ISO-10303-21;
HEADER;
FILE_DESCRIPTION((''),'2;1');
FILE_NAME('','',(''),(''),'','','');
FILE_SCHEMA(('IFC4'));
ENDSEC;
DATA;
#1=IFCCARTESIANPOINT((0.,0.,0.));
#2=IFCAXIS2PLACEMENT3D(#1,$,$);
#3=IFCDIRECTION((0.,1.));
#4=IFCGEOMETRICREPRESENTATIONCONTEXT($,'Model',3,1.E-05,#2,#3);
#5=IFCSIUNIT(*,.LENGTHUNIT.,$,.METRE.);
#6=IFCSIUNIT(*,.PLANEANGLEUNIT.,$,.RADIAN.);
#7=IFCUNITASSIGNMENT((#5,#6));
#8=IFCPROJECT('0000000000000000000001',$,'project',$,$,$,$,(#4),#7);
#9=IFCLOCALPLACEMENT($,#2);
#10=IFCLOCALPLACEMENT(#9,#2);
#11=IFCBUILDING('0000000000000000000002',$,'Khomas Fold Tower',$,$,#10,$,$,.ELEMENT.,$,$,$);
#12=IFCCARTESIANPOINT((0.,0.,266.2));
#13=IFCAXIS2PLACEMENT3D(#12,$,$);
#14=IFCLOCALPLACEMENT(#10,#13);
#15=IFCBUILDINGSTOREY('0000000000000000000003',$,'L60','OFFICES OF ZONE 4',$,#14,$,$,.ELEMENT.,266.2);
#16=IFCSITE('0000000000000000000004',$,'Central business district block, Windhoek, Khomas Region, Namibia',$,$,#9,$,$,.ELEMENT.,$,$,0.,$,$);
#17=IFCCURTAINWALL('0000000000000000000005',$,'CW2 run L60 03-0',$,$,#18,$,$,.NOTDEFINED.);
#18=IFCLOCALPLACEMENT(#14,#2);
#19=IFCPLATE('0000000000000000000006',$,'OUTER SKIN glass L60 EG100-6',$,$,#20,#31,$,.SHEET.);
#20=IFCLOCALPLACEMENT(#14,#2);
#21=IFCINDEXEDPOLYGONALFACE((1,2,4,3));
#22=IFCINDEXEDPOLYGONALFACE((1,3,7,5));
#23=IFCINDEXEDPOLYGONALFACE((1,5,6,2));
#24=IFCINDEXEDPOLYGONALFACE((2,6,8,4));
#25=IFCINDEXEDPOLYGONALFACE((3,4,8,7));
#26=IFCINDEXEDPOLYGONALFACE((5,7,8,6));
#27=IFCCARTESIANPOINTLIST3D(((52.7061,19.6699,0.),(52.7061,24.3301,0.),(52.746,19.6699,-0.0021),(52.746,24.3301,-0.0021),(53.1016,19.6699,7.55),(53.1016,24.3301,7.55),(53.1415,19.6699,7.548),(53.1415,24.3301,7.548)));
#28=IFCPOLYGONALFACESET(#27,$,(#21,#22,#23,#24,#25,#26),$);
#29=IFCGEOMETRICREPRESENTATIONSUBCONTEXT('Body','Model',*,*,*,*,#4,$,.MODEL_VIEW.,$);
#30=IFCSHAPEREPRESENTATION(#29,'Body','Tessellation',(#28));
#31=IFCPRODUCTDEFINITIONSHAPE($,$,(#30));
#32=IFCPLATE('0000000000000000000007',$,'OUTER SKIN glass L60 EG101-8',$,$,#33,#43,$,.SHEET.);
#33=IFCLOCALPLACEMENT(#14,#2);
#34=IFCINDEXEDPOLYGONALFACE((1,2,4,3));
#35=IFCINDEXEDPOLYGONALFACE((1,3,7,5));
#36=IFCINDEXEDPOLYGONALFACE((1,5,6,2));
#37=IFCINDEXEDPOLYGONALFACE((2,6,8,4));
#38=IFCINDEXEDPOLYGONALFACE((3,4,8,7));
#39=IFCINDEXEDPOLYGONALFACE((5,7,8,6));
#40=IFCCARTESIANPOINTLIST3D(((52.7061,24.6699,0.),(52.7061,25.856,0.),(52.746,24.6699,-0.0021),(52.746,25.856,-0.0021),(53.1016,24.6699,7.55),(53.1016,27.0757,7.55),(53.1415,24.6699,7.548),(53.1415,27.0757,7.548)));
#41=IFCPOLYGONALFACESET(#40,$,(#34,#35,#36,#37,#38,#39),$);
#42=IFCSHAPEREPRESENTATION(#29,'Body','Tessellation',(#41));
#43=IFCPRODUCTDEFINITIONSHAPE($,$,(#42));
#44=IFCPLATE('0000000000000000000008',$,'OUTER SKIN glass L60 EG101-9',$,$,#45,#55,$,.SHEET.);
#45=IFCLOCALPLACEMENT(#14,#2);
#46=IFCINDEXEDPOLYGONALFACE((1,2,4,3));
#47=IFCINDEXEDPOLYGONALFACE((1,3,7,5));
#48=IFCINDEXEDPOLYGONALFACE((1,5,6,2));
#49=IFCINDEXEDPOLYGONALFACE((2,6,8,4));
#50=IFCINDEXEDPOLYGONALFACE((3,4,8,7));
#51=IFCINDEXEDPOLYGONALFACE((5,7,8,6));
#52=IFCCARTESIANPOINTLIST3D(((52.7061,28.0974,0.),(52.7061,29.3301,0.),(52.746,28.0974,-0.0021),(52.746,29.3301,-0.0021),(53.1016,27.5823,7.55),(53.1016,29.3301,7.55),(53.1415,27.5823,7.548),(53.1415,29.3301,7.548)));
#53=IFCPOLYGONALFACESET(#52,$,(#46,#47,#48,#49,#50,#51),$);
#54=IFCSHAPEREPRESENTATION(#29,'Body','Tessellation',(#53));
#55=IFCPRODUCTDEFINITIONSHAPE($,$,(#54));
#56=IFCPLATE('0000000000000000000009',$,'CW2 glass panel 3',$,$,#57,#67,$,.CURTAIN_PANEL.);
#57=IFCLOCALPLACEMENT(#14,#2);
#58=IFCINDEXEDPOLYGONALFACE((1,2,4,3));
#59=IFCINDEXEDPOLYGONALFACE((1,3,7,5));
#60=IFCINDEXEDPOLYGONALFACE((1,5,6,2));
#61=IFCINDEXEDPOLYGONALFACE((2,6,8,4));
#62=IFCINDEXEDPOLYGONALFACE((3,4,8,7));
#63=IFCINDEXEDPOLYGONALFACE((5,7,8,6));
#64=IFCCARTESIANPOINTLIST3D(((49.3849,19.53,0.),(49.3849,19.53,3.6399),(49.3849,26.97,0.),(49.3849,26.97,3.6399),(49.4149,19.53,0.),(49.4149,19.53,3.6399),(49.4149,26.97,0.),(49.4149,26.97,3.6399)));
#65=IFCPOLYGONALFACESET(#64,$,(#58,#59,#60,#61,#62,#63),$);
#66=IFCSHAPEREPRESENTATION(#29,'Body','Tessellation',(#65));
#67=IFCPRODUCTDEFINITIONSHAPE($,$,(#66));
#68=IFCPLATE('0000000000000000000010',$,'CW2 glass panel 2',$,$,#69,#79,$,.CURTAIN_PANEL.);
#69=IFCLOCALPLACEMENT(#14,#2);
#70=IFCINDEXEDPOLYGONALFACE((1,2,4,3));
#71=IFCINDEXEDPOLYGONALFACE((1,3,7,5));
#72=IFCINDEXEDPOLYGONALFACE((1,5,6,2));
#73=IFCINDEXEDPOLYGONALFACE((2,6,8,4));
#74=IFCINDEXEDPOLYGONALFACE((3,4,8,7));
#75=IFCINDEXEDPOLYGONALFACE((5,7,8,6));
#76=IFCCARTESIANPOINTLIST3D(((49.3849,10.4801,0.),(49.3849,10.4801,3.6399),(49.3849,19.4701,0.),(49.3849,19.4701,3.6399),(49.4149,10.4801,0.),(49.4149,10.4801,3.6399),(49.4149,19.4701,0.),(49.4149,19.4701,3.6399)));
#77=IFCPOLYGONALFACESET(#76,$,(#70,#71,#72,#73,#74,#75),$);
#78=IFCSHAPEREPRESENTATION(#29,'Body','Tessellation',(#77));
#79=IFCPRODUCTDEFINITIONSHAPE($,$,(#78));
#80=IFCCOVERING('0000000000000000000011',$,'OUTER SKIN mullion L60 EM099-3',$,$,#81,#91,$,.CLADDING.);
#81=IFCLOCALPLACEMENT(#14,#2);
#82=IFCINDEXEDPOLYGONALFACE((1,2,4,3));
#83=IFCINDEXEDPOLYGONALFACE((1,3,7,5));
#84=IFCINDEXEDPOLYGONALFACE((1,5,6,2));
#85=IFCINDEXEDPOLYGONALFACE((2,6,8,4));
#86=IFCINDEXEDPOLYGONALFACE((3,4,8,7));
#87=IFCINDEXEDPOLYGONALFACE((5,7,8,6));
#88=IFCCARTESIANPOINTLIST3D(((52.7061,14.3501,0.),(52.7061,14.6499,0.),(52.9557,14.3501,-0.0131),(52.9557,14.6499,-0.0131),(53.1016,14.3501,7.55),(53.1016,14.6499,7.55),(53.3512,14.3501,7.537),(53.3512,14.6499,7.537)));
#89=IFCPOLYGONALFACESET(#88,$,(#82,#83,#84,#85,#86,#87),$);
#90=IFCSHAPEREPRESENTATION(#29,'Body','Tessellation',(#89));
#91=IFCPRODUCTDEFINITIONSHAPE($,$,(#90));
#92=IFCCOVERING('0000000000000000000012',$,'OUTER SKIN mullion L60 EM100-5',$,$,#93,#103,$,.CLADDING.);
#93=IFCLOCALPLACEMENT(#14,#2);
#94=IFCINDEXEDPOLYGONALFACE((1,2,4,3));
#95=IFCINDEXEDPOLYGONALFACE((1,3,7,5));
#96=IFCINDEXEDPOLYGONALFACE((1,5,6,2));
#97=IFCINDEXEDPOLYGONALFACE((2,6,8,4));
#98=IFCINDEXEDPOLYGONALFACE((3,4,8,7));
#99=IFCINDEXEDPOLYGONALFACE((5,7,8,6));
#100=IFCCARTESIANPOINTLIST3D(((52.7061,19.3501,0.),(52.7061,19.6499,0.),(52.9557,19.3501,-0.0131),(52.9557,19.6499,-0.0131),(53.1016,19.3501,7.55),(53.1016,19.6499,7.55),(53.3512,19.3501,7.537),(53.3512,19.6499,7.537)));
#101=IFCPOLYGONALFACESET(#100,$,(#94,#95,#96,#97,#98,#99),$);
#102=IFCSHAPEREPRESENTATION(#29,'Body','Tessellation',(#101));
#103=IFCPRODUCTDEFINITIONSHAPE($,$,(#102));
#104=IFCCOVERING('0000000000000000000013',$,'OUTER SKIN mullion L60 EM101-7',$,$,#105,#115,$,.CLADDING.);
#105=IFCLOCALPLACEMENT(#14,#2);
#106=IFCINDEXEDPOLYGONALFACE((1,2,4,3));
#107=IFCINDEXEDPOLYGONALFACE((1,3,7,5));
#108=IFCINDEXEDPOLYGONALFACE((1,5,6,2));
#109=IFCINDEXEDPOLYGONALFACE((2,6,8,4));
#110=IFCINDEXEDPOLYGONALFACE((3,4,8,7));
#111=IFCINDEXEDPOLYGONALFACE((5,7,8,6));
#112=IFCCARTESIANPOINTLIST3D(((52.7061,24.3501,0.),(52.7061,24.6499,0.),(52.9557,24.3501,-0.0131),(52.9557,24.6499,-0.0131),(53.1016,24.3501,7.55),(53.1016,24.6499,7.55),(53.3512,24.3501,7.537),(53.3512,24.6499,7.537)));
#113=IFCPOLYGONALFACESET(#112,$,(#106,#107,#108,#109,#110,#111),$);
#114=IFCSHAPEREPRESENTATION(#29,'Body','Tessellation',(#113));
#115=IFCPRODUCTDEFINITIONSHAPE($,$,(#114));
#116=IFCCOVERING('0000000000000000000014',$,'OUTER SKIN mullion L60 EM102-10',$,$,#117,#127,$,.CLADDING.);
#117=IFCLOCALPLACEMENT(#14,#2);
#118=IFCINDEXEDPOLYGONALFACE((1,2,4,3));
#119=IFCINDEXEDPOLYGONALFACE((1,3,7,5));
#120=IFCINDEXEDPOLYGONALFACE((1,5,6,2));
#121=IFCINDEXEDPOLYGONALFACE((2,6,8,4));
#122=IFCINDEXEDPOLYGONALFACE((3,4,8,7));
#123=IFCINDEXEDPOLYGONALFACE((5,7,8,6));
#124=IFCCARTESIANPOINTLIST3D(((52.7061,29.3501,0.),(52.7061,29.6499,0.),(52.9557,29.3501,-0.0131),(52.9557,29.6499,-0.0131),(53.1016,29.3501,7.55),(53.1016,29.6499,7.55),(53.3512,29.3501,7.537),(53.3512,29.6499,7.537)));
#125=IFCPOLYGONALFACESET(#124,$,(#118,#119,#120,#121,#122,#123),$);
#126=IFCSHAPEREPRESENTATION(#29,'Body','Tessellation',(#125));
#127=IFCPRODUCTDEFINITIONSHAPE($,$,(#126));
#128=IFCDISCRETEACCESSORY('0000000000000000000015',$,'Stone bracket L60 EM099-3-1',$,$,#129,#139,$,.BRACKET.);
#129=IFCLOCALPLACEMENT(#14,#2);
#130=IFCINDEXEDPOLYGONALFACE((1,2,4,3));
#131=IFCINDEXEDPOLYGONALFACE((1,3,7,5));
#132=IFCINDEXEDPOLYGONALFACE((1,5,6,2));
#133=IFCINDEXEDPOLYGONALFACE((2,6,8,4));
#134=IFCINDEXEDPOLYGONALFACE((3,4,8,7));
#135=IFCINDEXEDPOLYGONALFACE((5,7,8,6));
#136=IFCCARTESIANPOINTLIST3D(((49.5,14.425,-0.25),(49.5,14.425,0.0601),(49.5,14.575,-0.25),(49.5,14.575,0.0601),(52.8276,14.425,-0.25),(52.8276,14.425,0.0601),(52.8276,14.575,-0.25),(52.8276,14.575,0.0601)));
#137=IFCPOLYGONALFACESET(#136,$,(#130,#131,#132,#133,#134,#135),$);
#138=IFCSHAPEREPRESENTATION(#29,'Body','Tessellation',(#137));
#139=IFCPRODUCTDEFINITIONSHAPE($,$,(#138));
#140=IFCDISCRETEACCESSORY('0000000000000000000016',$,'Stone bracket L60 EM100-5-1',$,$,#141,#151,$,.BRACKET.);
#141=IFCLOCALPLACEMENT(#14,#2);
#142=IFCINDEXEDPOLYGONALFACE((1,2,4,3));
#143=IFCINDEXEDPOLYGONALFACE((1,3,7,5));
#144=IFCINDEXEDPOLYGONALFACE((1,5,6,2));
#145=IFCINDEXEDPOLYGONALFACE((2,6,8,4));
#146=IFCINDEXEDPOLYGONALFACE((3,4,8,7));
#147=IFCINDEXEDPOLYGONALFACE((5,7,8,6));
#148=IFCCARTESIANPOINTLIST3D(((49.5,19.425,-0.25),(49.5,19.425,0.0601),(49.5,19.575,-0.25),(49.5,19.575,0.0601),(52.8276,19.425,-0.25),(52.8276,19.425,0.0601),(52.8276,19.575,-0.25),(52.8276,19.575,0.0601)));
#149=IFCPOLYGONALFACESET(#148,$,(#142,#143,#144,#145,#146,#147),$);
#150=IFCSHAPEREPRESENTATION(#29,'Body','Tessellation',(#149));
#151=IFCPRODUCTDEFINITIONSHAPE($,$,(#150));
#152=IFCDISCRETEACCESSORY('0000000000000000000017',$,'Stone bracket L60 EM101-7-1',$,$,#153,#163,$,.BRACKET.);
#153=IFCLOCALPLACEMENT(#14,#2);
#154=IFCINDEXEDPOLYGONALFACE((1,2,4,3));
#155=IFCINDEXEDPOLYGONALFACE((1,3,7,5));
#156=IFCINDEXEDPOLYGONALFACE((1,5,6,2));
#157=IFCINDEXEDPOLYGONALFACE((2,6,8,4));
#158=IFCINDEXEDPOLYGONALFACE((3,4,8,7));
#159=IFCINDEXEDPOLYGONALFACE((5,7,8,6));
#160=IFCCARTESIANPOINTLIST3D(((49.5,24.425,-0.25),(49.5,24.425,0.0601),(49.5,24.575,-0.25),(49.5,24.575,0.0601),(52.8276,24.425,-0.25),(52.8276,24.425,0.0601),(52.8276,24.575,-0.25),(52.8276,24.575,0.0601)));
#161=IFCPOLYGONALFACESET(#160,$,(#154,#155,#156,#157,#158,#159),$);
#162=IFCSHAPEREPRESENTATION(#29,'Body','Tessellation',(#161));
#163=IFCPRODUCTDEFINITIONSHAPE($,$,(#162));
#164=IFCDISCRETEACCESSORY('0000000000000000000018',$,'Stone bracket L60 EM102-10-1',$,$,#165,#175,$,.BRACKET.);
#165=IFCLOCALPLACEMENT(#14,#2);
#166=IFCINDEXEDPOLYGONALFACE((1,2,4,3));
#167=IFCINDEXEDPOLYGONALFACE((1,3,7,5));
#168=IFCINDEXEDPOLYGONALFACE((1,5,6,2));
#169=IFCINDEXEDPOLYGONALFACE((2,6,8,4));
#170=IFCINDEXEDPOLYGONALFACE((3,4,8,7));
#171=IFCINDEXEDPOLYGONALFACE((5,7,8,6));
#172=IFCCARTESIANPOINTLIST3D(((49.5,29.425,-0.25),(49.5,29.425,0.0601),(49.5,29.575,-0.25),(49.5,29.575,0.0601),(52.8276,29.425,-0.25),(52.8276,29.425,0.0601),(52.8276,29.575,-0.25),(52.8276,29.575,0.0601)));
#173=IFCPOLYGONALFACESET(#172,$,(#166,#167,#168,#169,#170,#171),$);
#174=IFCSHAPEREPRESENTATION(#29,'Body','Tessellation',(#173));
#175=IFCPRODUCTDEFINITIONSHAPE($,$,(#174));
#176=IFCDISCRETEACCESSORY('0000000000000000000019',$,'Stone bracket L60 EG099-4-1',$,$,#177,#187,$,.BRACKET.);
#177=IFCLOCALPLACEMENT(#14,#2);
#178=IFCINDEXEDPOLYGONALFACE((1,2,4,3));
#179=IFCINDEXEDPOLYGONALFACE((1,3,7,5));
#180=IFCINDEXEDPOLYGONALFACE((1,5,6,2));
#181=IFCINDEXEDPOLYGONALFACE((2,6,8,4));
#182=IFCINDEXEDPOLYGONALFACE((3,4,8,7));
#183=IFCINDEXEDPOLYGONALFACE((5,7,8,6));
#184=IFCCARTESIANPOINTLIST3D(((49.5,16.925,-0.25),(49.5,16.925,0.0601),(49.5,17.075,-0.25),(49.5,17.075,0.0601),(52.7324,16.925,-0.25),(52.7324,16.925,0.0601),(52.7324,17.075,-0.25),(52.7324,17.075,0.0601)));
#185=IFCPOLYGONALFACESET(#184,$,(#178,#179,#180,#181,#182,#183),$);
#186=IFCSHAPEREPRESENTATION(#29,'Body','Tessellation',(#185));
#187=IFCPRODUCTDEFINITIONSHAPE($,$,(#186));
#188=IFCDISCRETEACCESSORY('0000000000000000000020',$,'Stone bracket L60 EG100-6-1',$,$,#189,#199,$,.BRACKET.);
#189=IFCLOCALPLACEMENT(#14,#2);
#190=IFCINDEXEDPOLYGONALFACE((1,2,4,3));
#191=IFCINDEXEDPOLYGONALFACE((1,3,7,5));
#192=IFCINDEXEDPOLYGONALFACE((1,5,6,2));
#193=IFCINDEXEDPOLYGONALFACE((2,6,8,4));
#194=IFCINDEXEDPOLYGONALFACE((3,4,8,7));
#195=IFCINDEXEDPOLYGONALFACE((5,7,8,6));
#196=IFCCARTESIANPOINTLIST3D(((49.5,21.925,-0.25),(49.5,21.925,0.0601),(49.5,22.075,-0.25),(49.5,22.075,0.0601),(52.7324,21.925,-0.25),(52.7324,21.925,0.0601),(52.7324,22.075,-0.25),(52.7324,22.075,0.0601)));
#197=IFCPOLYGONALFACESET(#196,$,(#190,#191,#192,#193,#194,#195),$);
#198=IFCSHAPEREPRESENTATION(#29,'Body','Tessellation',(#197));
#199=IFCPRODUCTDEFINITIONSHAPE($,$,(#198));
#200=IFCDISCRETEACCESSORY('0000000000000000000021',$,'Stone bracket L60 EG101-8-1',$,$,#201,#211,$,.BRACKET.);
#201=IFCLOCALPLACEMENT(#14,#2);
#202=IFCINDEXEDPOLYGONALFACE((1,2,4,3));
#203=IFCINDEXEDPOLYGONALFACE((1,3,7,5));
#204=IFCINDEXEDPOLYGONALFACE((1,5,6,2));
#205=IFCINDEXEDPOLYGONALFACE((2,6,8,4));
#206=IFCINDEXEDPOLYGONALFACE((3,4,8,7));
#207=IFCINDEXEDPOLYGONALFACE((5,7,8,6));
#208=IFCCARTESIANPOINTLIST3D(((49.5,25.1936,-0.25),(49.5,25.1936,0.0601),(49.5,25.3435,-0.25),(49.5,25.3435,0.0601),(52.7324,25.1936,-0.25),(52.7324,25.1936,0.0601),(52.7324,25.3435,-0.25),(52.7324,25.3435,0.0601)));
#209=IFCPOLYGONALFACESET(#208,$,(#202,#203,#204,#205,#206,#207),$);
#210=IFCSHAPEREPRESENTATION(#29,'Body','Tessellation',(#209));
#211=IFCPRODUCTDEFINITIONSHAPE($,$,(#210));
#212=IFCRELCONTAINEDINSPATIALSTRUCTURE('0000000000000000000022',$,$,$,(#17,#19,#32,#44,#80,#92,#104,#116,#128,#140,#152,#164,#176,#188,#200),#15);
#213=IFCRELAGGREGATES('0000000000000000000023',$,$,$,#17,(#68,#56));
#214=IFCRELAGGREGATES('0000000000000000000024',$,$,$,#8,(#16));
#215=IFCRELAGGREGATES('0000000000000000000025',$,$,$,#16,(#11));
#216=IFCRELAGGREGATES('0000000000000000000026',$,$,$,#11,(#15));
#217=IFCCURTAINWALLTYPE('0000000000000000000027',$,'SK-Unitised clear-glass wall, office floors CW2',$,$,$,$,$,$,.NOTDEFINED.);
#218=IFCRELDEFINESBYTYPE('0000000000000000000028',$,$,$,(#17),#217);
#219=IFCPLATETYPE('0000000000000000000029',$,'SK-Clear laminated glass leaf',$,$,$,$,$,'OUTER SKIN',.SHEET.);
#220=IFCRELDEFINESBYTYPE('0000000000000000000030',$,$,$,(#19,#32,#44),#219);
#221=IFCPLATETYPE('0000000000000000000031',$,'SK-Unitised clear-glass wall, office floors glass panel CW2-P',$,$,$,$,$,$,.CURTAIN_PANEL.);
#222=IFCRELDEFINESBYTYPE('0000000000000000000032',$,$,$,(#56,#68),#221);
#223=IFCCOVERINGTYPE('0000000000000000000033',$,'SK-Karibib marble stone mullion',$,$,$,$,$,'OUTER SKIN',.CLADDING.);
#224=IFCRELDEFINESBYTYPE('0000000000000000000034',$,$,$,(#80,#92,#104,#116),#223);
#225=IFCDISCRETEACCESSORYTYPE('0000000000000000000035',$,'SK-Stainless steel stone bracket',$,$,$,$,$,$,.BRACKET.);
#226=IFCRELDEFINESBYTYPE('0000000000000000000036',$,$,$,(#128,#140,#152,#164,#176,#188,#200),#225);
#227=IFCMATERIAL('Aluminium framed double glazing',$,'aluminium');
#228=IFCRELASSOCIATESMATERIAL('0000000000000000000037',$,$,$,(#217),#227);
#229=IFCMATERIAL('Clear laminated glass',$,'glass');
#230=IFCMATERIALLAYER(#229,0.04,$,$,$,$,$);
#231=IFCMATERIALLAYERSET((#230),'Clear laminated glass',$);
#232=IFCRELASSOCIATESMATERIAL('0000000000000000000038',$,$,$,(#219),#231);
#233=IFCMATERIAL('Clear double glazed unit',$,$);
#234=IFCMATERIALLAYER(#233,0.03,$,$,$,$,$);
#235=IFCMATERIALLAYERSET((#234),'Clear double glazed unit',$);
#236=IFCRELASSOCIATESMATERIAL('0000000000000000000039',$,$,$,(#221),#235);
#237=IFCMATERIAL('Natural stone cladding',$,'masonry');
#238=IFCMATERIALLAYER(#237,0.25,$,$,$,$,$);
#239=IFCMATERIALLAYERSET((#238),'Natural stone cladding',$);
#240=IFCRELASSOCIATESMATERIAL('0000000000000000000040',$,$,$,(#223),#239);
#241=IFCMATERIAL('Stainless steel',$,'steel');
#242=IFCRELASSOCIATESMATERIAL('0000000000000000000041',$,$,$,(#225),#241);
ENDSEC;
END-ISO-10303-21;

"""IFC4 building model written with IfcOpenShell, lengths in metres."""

from ifc_helpers import new_model, si_unit, direction, frame, origin, origin_2d, place, context, subcontext, project, spatial, polyline, rectangle, outline, extrude, source, transform, mapped, material, layer, layer_set, type_object, element, aggregate, save


model = new_model("IFC4")

# Units and contexts
model_context = context("Model", 3, precision=1e-05, world=origin(), true_north=direction((0.0, 1.0)))
body_context = subcontext(model_context, "Body", "Model", "MODEL_VIEW")
ifc_project = project(units=[si_unit("LENGTHUNIT", "METRE"), si_unit("PLANEANGLEUNIT", "RADIAN")], contexts=[model_context])

# Site, building, storey
site_placement = place(None, origin())
site = spatial("IfcSite", under=ifc_project, at=site_placement, Name="Central business district block, Windhoek, Khomas Region, Namibia", CompositionType="ELEMENT", RefElevation=0.0)
building_placement = place(site_placement, origin())
building = spatial("IfcBuilding", under=site, at=building_placement, Name="Khomas Fold Tower", CompositionType="ELEMENT")
storey_placement = place(building_placement, frame((0.0, 0.0, 266.2)))
storey = spatial("IfcBuildingStorey", under=building, at=storey_placement, Name="L60", Description="OFFICES OF ZONE 4", CompositionType="ELEMENT", Elevation=266.2)

# Curtain wall
ifc_material_1 = material(Name="Aluminium framed double glazing", Category="aluminium")
curtain_wall_type = type_object("IfcCurtainWallType", Name="SK-Unitised clear-glass wall, office floors CW2", PredefinedType="NOTDEFINED", material=ifc_material_1)
curtain_wall_placement = place(storey_placement, origin())
curtain_wall = element("IfcCurtainWall", 1, at=curtain_wall_placement, inside=storey, type_object=curtain_wall_type, Name="CW2 run L60 03-0", PredefinedType="NOTDEFINED")

# Plates
ifc_material_2 = material(Name="Clear laminated glass", Category="glass")
ifc_layer_1 = layer(ifc_material_2, 0.04)
ifc_layer_set_1 = layer_set([ifc_layer_1], Name="Clear laminated glass")
plate_type_1 = type_object("IfcPlateType", Name="SK-Clear laminated glass leaf", ElementType="OUTER SKIN", PredefinedType="SHEET", material=ifc_layer_set_1)
for number, where, z_axis, x_axis, name in (
    (2, (52.7061, 19.6699, 0.0), (-0.998631, 0.0, 0.052313), (0.052313, 0.0, 0.998631), "OUTER SKIN glass L60 EG100-6"),
):
    element("IfcPlate", number, at=place(storey_placement, frame(where, z_axis=z_axis, x_axis=x_axis)), inside=storey, type_object=plate_type_1, Name=name, PredefinedType="SHEET", context=body_context, shape_type="SweptSolid", body=[
        extrude(outline(polyline([(0.0, 0.0), (7.5604, 0.0), (7.5604, 4.6602), (0.0, 4.6602), (0.0, 0.0)])), origin(), (0.0, 0.0, -1.0), 0.04),
    ])
plate_1_placement = place(storey_placement, frame((52.7061, 25.856, 0.0), z_axis=(-0.998631, 0.0, 0.052313), x_axis=(0.0, -1.0, 0.0)))
element("IfcPlate", 3, at=plate_1_placement, inside=storey, type_object=plate_type_1, Name="OUTER SKIN glass L60 EG101-8", PredefinedType="SHEET", context=body_context, shape_type="SweptSolid", body=[
    extrude(outline(polyline([(0.0, 0.0), (1.186, 0.0), (1.186, 7.5604), (-1.2197, 7.5604), (0.0, 0.0)])), origin(), (0.0, 0.0, -1.0), 0.04),
])
plate_2_placement = place(storey_placement, frame((52.7061, 28.0974, 0.0), z_axis=(-0.998631, 0.0, 0.052313), x_axis=(0.052192, -0.067979, 0.996321)))
element("IfcPlate", 4, at=plate_2_placement, inside=storey, type_object=plate_type_1, Name="OUTER SKIN glass L60 EG101-9", PredefinedType="SHEET", context=body_context, shape_type="SweptSolid", body=[
    extrude(outline(polyline([(0.0, 0.0), (7.5779, 0.0), (7.4591, 1.7438), (-0.0838, 1.2298), (0.0, 0.0)])), origin(), (0.0, 0.0, -1.0), 0.04),
])

# Plates
ifc_material_3 = material(Name="Clear double glazed unit")
ifc_layer_2 = layer(ifc_material_3, 0.03)
ifc_layer_set_2 = layer_set([ifc_layer_2], Name="Clear double glazed unit")
plate_type_2 = type_object("IfcPlateType", Name="SK-Unitised clear-glass wall, office floors glass panel CW2-P", PredefinedType="CURTAIN_PANEL", material=ifc_layer_set_2)
shared_shape_1 = source(origin(), body_context, "Body", "SweptSolid", [
    extrude(rectangle(XDim=7.4399, YDim=0.03, at=origin_2d()), origin(), (0.0, 0.0, 1.0), 3.6399),
])
plate_3_placement = place(storey_placement, frame((49.3999, 23.25, 0.0), z_axis=(0.0, 0.0, 1.0), x_axis=(0.0, 1.0, 0.0)))
plate_3 = element("IfcPlate", 5, at=plate_3_placement, type_object=plate_type_2, Name="CW2 glass panel 3", PredefinedType="CURTAIN_PANEL", context=body_context, shape_type="MappedRepresentation", body=[
    mapped(shared_shape_1, transform((0.0, 0.0, 0.0))),
])
shared_shape_2 = source(origin(), body_context, "Body", "SweptSolid", [
    extrude(rectangle(XDim=8.99, YDim=0.03, at=origin_2d()), origin(), (0.0, 0.0, 1.0), 3.6399),
])
plate_4_placement = place(storey_placement, frame((49.3999, 14.9751, 0.0), z_axis=(0.0, 0.0, 1.0), x_axis=(0.0, 1.0, 0.0)))
plate_4 = element("IfcPlate", 6, at=plate_4_placement, type_object=plate_type_2, Name="CW2 glass panel 2", PredefinedType="CURTAIN_PANEL", context=body_context, shape_type="MappedRepresentation", body=[
    mapped(shared_shape_2, transform((0.0, 0.0, 0.0))),
])
aggregate(curtain_wall, [plate_4, plate_3])

# Coverings
ifc_material_4 = material(Name="Natural stone cladding", Category="masonry")
ifc_layer_3 = layer(ifc_material_4, 0.25)
ifc_layer_set_3 = layer_set([ifc_layer_3], Name="Natural stone cladding")
covering_type = type_object("IfcCoveringType", Name="SK-Karibib marble stone mullion", ElementType="OUTER SKIN", PredefinedType="CLADDING", material=ifc_layer_set_3)
for number, where, z_axis, x_axis, name in (
    (7, (52.7061, 14.3501, 0.0), (-0.998631, 0.0, 0.052313), (0.052313, 0.0, 0.998631), "OUTER SKIN mullion L60 EM099-3"),
    (8, (52.7061, 19.3501, 0.0), (-0.998631, 0.0, 0.052313), (0.052313, 0.0, 0.998631), "OUTER SKIN mullion L60 EM100-5"),
    (9, (52.7061, 24.3501, 0.0), (-0.998631, 0.0, 0.052313), (0.052313, 0.0, 0.998631), "OUTER SKIN mullion L60 EM101-7"),
    (10, (52.7061, 29.3501, 0.0), (-0.998631, 0.0, 0.052313), (0.052313, 0.0, 0.998631), "OUTER SKIN mullion L60 EM102-10"),
):
    element("IfcCovering", number, at=place(storey_placement, frame(where, z_axis=z_axis, x_axis=x_axis)), inside=storey, type_object=covering_type, Name=name, PredefinedType="CLADDING", context=body_context, shape_type="SweptSolid", body=[
        extrude(outline(polyline([(0.0, 0.0), (7.5604, 0.0), (7.5604, 0.2998), (0.0, 0.2998), (0.0, 0.0)])), origin(), (0.0, 0.0, -1.0), 0.25),
    ])

# Discrete accessories
ifc_material_5 = material(Name="Stainless steel", Category="steel")
discrete_accessory_type = type_object("IfcDiscreteAccessoryType", Name="SK-Stainless steel stone bracket", PredefinedType="BRACKET", material=ifc_material_5)
shared_shape_3 = source(origin(), body_context, "Body", "SweptSolid", [
    extrude(rectangle(XDim=3.3276, YDim=0.1499, at=origin_2d()), origin(), (0.0, 0.0, 1.0), 0.3101),
])
for number, where, z_axis, x_axis, name in (
    (11, (51.1638, 14.5, -0.25), (0.0, 0.0, 1.0), (1.0, 0.0, 0.0), "Stone bracket L60 EM099-3-1"),
    (12, (51.1638, 19.5, -0.25), (0.0, 0.0, 1.0), (1.0, 0.0, 0.0), "Stone bracket L60 EM100-5-1"),
    (13, (51.1638, 24.5, -0.25), (0.0, 0.0, 1.0), (1.0, 0.0, 0.0), "Stone bracket L60 EM101-7-1"),
    (14, (51.1638, 29.5, -0.25), (0.0, 0.0, 1.0), (1.0, 0.0, 0.0), "Stone bracket L60 EM102-10-1"),
):
    element("IfcDiscreteAccessory", number, at=place(storey_placement, frame(where, z_axis=z_axis, x_axis=x_axis)), inside=storey, type_object=discrete_accessory_type, Name=name, PredefinedType="BRACKET", context=body_context, shape_type="MappedRepresentation", body=[
        mapped(shared_shape_3, transform((0.0, 0.0, 0.0))),
    ])
shared_shape_4 = source(origin(), body_context, "Body", "SweptSolid", [
    extrude(rectangle(XDim=3.2324, YDim=0.1499, at=origin_2d()), origin(), (0.0, 0.0, 1.0), 0.3101),
])
for number, where, z_axis, x_axis, name in (
    (15, (51.1162, 17.0, -0.25), (0.0, 0.0, 1.0), (1.0, 0.0, 0.0), "Stone bracket L60 EG099-4-1"),
    (16, (51.1162, 22.0, -0.25), (0.0, 0.0, 1.0), (1.0, 0.0, 0.0), "Stone bracket L60 EG100-6-1"),
    (17, (51.1162, 25.2686, -0.25), (0.0, 0.0, 1.0), (1.0, 0.0, 0.0), "Stone bracket L60 EG101-8-1"),
):
    element("IfcDiscreteAccessory", number, at=place(storey_placement, frame(where, z_axis=z_axis, x_axis=x_axis)), inside=storey, type_object=discrete_accessory_type, Name=name, PredefinedType="BRACKET", context=body_context, shape_type="MappedRepresentation", body=[
        mapped(shared_shape_4, transform((0.0, 0.0, 0.0))),
    ])

save(model, "model.ifc")
